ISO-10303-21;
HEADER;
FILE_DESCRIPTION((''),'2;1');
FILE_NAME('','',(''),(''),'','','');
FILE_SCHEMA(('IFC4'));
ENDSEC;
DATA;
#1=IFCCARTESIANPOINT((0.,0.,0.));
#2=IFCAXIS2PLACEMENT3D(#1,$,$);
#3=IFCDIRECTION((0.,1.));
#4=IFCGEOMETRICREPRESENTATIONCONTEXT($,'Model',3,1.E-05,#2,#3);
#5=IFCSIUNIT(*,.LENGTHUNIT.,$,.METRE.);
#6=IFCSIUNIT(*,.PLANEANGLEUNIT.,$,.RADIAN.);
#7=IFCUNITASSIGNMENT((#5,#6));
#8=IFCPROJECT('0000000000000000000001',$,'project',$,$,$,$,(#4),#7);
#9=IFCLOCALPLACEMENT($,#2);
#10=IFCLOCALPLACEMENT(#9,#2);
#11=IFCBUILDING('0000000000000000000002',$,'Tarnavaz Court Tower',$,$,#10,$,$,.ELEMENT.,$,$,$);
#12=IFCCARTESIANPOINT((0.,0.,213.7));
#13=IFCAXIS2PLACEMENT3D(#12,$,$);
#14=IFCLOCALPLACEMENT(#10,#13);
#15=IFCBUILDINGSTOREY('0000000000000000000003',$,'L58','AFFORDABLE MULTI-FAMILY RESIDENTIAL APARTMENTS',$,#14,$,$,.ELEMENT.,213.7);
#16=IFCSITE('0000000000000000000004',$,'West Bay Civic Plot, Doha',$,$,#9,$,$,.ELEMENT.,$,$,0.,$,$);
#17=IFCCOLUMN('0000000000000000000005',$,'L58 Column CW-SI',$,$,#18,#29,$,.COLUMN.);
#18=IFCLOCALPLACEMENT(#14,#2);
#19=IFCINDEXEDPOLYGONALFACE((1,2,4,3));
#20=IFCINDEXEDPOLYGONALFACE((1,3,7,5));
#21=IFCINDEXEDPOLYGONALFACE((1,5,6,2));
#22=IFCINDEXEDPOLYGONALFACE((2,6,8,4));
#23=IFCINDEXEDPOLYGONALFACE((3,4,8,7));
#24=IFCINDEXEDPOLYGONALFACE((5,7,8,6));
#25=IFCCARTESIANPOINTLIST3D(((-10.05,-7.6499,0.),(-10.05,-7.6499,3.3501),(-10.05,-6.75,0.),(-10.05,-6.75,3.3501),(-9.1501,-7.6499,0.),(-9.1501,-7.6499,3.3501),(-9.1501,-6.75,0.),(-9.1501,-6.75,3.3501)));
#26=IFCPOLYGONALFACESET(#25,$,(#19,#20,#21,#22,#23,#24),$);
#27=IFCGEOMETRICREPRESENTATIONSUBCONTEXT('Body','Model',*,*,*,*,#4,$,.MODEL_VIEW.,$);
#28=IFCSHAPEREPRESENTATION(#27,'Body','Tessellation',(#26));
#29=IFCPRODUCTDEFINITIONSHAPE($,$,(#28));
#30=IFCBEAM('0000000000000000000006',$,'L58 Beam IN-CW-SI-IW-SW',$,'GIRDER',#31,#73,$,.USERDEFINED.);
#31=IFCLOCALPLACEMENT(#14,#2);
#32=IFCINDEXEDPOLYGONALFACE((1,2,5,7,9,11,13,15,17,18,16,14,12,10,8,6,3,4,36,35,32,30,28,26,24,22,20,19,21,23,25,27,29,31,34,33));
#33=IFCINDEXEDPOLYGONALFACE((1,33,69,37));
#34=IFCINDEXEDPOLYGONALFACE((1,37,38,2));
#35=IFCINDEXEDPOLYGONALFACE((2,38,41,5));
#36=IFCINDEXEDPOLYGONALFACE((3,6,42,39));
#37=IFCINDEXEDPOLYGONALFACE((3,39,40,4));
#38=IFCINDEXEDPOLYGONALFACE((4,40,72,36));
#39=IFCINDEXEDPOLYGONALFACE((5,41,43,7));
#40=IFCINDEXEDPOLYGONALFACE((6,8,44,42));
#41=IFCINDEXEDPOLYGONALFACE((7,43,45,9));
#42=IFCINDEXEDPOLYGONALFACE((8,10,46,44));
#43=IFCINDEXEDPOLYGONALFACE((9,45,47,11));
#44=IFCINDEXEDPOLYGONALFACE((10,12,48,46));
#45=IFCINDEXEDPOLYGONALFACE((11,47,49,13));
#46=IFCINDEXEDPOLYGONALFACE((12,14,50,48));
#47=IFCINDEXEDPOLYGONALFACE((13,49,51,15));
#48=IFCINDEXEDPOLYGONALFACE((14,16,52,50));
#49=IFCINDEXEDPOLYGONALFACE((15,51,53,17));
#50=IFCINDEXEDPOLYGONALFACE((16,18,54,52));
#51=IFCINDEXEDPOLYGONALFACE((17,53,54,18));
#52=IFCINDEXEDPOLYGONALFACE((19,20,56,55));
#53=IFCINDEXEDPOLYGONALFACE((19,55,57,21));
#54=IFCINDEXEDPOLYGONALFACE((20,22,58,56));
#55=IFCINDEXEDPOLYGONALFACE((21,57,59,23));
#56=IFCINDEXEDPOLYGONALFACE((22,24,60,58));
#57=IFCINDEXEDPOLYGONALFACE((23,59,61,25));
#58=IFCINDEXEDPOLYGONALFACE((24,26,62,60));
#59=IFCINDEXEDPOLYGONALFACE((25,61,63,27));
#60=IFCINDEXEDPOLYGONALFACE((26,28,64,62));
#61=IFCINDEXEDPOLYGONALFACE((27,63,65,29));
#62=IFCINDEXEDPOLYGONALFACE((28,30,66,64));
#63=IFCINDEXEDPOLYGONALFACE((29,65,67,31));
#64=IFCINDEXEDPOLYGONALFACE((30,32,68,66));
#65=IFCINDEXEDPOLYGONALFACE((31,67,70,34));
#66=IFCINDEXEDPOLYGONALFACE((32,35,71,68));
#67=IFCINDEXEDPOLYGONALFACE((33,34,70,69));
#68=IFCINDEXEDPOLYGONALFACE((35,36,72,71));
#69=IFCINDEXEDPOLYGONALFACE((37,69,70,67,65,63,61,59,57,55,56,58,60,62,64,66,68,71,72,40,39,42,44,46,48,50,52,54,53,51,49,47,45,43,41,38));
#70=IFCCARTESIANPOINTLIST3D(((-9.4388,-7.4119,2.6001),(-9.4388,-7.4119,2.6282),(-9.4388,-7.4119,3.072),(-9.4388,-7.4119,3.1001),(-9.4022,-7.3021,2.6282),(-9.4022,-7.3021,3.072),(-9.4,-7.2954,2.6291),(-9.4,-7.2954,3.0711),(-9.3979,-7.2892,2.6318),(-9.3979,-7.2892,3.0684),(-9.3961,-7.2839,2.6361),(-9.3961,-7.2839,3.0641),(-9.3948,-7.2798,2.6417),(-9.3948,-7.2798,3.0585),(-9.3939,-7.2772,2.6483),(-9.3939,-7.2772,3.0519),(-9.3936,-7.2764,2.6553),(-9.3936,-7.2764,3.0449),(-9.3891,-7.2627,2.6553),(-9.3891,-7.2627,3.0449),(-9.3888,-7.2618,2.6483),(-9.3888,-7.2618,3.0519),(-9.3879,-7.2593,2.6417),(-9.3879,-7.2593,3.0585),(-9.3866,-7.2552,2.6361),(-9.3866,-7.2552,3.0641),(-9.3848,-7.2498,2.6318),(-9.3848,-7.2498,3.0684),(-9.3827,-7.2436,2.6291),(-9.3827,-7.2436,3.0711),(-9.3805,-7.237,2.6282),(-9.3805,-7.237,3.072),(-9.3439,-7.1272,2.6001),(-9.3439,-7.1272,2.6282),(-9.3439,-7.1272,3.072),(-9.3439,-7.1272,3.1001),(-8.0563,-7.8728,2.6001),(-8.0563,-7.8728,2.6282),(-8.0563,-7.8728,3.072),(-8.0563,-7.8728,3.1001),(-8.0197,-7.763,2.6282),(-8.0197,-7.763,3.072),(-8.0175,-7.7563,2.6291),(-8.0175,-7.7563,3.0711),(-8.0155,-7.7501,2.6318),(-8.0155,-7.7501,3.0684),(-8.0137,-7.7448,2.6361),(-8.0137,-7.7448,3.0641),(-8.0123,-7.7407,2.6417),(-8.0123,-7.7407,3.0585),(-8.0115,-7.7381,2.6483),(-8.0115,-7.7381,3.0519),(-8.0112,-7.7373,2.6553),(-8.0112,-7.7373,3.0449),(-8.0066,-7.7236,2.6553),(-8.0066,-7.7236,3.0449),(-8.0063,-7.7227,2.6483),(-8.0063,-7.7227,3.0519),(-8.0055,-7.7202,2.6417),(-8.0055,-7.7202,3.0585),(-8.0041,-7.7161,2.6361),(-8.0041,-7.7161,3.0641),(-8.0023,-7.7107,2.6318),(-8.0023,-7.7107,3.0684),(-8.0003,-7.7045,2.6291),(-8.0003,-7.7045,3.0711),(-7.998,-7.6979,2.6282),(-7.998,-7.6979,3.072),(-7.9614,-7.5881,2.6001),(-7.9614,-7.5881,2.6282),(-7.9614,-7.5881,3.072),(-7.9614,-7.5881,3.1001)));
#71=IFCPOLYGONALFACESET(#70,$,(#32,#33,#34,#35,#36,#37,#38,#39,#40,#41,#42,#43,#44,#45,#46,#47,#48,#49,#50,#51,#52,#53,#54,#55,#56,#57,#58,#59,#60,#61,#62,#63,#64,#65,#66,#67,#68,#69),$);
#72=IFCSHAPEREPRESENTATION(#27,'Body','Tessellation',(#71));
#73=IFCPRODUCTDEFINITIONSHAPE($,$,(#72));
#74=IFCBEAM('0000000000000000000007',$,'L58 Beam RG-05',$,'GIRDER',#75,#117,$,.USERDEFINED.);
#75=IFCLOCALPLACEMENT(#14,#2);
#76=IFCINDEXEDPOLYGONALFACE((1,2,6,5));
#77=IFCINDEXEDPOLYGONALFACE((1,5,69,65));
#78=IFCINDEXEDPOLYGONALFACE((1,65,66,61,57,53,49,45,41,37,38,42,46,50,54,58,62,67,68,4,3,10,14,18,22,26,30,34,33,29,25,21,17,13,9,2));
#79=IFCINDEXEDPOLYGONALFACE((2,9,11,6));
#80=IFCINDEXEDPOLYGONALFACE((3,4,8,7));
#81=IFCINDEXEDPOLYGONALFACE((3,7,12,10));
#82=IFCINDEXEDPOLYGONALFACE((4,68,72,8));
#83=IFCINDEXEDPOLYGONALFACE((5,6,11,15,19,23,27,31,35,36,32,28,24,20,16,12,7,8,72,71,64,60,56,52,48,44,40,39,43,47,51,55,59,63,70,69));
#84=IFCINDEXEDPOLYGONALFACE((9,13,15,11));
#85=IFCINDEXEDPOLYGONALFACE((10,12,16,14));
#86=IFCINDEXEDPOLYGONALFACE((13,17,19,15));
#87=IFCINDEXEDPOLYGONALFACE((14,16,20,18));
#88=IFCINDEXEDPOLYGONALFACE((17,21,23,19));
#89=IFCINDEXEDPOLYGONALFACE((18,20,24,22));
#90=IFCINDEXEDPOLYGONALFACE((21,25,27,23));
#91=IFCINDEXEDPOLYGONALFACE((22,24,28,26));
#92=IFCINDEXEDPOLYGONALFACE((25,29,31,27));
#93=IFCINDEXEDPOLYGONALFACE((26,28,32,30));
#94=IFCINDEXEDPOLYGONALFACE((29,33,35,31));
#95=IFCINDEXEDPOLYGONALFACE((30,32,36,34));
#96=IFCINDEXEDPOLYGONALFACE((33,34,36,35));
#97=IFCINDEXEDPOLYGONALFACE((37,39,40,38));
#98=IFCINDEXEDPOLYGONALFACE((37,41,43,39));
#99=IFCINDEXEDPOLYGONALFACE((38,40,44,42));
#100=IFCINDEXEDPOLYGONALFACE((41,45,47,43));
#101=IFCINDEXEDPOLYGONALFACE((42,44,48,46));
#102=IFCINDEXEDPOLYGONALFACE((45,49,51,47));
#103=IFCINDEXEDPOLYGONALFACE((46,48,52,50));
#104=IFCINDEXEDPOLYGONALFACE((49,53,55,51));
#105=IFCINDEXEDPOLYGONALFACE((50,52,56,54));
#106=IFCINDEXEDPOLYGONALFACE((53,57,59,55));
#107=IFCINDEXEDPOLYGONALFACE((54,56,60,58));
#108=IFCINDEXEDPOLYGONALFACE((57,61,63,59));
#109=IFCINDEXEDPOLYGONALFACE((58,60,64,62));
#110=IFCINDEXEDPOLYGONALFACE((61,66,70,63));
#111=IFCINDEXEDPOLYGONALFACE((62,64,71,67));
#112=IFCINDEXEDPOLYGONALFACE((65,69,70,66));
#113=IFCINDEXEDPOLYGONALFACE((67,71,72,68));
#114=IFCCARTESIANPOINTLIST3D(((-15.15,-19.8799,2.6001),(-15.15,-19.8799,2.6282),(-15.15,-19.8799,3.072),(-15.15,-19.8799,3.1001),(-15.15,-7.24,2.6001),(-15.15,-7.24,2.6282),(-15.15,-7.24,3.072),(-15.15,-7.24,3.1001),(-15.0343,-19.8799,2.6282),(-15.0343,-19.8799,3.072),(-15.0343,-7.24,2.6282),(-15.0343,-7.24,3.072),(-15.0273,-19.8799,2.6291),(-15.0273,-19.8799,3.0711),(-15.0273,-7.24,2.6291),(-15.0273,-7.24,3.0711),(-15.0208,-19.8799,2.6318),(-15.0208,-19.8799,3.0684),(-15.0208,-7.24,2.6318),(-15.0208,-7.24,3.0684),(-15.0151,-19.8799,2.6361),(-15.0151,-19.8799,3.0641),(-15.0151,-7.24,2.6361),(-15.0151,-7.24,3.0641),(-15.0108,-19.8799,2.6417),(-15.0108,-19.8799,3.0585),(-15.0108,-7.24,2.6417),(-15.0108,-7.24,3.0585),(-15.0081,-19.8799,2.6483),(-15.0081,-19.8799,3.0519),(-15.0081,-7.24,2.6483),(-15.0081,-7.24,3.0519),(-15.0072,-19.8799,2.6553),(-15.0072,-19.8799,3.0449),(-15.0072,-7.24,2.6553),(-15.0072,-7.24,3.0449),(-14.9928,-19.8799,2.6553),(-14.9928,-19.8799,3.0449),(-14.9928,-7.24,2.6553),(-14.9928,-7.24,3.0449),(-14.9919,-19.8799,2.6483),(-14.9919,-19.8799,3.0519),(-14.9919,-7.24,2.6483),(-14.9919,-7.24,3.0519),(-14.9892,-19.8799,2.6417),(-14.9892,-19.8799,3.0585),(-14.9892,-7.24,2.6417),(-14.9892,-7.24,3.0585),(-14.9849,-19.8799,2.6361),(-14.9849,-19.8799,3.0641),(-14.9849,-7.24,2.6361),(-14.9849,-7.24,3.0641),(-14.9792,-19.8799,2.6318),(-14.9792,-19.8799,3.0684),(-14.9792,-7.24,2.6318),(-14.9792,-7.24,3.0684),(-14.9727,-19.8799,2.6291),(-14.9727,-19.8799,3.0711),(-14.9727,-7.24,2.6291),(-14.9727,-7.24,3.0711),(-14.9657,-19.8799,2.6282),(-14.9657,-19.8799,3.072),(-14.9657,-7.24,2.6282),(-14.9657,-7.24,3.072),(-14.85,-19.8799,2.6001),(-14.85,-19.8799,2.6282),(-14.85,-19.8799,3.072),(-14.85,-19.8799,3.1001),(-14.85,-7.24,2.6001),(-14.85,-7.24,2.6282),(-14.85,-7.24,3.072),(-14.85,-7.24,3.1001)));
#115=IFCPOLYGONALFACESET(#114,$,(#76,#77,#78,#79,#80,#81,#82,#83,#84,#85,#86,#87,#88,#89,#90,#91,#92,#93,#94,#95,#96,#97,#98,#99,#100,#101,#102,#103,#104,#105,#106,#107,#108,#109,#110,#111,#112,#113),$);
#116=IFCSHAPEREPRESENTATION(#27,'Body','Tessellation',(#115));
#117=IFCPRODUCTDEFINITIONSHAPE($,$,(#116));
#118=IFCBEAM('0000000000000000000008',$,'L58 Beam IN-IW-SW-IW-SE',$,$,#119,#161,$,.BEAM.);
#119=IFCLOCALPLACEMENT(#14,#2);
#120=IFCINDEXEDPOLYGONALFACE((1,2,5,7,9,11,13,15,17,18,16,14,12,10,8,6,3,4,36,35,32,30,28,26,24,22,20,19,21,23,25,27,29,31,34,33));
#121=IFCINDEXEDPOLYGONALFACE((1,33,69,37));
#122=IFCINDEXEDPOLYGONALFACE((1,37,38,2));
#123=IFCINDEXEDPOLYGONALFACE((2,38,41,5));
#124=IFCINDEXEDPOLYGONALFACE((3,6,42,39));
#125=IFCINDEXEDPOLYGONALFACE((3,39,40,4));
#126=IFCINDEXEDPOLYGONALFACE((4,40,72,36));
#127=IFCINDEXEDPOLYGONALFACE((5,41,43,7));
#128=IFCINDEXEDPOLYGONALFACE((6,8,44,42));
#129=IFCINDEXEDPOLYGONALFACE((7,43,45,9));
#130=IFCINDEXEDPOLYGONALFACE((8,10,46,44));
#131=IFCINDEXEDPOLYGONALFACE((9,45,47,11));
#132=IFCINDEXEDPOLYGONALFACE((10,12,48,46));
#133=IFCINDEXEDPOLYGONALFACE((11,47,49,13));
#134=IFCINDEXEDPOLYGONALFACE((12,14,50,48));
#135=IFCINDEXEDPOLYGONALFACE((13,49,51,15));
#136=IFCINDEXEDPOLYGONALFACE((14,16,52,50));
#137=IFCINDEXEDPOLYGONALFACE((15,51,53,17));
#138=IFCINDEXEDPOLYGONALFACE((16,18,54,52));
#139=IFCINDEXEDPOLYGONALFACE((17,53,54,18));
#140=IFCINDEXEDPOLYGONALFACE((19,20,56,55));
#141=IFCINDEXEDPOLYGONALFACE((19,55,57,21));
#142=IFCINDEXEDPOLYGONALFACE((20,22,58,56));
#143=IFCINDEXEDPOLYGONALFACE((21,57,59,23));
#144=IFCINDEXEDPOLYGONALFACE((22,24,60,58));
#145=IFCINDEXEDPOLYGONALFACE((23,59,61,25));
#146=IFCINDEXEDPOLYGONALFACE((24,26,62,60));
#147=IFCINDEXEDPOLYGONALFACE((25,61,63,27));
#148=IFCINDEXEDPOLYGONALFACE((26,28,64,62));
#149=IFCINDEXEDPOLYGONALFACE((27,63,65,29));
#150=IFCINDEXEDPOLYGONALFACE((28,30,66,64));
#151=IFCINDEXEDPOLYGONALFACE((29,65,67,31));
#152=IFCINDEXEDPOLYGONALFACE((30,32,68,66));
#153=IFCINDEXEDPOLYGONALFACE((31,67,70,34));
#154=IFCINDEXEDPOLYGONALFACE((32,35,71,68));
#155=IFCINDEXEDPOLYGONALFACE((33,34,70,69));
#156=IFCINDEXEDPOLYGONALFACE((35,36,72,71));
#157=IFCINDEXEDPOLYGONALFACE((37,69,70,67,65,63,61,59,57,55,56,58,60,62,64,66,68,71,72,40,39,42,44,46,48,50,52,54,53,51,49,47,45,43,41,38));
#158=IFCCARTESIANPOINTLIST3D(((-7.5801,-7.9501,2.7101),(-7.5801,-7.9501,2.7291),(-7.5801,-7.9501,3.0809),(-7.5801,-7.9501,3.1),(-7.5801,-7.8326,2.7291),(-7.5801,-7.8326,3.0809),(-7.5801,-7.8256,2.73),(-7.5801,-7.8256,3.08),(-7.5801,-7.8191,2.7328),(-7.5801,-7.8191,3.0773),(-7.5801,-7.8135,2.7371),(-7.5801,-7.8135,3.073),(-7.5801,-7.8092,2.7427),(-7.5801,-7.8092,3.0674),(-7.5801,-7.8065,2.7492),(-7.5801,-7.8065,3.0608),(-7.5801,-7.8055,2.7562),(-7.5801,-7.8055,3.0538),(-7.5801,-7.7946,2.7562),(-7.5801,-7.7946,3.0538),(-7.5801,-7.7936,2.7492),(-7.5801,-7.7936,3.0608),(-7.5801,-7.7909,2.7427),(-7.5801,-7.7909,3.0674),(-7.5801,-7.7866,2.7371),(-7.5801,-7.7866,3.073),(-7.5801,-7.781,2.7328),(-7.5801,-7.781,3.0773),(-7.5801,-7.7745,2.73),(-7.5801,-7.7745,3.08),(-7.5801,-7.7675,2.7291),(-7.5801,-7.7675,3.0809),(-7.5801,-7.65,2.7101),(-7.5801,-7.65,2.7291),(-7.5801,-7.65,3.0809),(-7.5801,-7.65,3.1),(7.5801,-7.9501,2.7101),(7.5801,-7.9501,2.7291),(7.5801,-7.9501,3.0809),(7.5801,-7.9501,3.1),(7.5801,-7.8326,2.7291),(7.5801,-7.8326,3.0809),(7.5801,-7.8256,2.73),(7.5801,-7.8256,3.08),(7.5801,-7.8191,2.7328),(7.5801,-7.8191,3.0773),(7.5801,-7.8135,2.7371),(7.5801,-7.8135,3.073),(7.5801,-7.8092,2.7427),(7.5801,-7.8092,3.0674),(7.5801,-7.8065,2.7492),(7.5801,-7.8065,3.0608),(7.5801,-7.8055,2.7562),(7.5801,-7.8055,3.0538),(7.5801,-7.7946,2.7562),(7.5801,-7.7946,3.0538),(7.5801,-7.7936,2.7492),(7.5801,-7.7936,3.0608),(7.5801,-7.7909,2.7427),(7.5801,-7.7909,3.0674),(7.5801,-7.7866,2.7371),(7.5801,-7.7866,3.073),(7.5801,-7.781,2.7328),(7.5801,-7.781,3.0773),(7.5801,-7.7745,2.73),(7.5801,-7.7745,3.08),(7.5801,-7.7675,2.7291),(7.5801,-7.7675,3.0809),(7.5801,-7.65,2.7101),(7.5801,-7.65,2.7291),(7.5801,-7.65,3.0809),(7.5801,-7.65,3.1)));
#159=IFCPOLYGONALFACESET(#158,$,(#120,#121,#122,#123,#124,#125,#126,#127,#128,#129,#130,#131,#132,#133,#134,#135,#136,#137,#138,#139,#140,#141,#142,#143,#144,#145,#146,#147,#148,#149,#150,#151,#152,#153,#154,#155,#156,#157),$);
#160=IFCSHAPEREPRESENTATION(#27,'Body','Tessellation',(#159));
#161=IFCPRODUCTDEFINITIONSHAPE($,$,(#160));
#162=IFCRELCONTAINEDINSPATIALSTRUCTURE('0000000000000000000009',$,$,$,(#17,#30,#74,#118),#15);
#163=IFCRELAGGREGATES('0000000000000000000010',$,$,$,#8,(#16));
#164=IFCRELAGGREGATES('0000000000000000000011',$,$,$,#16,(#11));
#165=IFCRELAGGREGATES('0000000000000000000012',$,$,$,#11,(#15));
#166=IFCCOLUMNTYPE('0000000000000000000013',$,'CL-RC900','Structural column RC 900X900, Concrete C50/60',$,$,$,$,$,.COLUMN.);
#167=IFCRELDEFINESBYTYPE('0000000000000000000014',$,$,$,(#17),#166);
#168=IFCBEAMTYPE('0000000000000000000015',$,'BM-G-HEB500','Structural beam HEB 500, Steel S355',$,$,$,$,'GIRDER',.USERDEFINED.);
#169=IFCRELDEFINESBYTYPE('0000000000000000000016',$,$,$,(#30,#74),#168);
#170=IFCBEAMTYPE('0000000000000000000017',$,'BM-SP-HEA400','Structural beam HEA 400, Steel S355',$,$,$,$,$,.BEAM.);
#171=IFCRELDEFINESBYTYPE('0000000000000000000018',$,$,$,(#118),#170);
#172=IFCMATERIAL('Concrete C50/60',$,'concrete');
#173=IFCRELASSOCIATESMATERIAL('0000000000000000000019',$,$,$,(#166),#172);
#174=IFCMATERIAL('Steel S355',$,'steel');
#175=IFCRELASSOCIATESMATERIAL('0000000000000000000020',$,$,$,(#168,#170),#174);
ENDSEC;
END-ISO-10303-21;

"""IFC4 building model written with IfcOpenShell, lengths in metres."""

from ifc_helpers import new_model, si_unit, direction, frame, origin, origin_2d, place, context, subcontext, project, spatial, rectangle, i_section, extrude, material, material_profile, profile_set, type_object, element, save


model = new_model("IFC4")

# Units and contexts
model_context = context("Model", 3, precision=1e-05, world=origin(), true_north=direction((0.0, 1.0)))
body_context = subcontext(model_context, "Body", "Model", "MODEL_VIEW")
ifc_project = project(units=[si_unit("LENGTHUNIT", "METRE"), si_unit("PLANEANGLEUNIT", "RADIAN")], contexts=[model_context])

# Site, building, storey
site_placement = place(None, origin())
site = spatial("IfcSite", under=ifc_project, at=site_placement, Name="West Bay Civic Plot, Doha", CompositionType="ELEMENT", RefElevation=0.0)
building_placement = place(site_placement, origin())
building = spatial("IfcBuilding", under=site, at=building_placement, Name="Tarnavaz Court Tower", CompositionType="ELEMENT")
storey_placement = place(building_placement, frame((0.0, 0.0, 213.7)))
storey = spatial("IfcBuildingStorey", under=building, at=storey_placement, Name="L58", Description="AFFORDABLE MULTI-FAMILY RESIDENTIAL APARTMENTS", CompositionType="ELEMENT", Elevation=213.7)

# Column
ifc_material_1 = material(Name="Concrete C50/60", Category="concrete")
ifc_material_profile_1 = material_profile(ifc_material_1, rectangle(XDim=0.8999, YDim=0.8999, at=origin_2d()), Name="RC 900X900")
ifc_profile_set_1 = profile_set([ifc_material_profile_1], Name="Concrete C50/60")
column_type = type_object("IfcColumnType", Name="CL-RC900", Description="Structural column RC 900X900, Concrete C50/60", PredefinedType="COLUMN", material=ifc_profile_set_1)
column_placement = place(storey_placement, frame((-9.6001, -7.2, 0.0), z_axis=(0.0, 0.0, 1.0), x_axis=(1.0, 0.0, 0.0)))
element("IfcColumn", 1, at=column_placement, inside=storey, type_object=column_type, Name="L58 Column CW-SI", PredefinedType="COLUMN", context=body_context, shape_type="SweptSolid", body=[
    extrude(rectangle(XDim=0.8999, YDim=0.8999, at=origin_2d()), origin(), (0.0, 0.0, 1.0), 3.3501),
])

# Beams
ifc_material_2 = material(Name="Steel S355", Category="steel")
ifc_material_profile_2 = material_profile(ifc_material_2, i_section(OverallWidth=0.3, OverallDepth=0.5, WebThickness=0.0144, FlangeThickness=0.0281, FilletRadius=0.0271, at=origin_2d()), Name="HEB 500")
ifc_profile_set_2 = profile_set([ifc_material_profile_2], Name="Steel S355")
beam_type_1 = type_object("IfcBeamType", Name="BM-G-HEB500", Description="Structural beam HEB 500, Steel S355", ElementType="GIRDER", PredefinedType="USERDEFINED", material=ifc_profile_set_2)
beam_1_placement = place(storey_placement, frame((-9.3914, -7.2695, 2.8501), z_axis=(0.948667, -0.316278, 0.0), x_axis=(0.316278, 0.948667, 0.0)))
element("IfcBeam", 2, at=beam_1_placement, inside=storey, type_object=beam_type_1, Name="L58 Beam IN-CW-SI-IW-SW", ObjectType="GIRDER", PredefinedType="USERDEFINED", context=body_context, shape_type="SweptSolid", body=[
    extrude(i_section(OverallWidth=0.3, OverallDepth=0.5, WebThickness=0.0144, FlangeThickness=0.0281, FilletRadius=0.0271, at=origin_2d()), origin(), (0.0, 0.0, 1.0), 1.4573),
])
beam_2_placement = place(storey_placement, frame((-15.0, -7.24, 2.8501), z_axis=(0.0, -1.0, 0.0), x_axis=(1.0, 0.0, 0.0)))
element("IfcBeam", 3, at=beam_2_placement, inside=storey, type_object=beam_type_1, Name="L58 Beam RG-05", ObjectType="GIRDER", PredefinedType="USERDEFINED", context=body_context, shape_type="SweptSolid", body=[
    extrude(i_section(OverallWidth=0.3, OverallDepth=0.5, WebThickness=0.0144, FlangeThickness=0.0281, FilletRadius=0.0271, at=origin_2d()), origin(), (0.0, 0.0, 1.0), 12.6399),
])
ifc_material_profile_3 = material_profile(ifc_material_2, i_section(OverallWidth=0.3, OverallDepth=0.3899, WebThickness=0.011, FlangeThickness=0.019, FilletRadius=0.0271, at=origin_2d()), Name="HEA 400")
ifc_profile_set_3 = profile_set([ifc_material_profile_3], Name="Steel S355")
beam_type_2 = type_object("IfcBeamType", Name="BM-SP-HEA400", Description="Structural beam HEA 400, Steel S355", PredefinedType="BEAM", material=ifc_profile_set_3)
for number, where, z_axis, x_axis, name in (
    (4, (-7.5801, -7.8, 2.905), (1.0, 0.0, 0.0), (0.0, 1.0, 0.0), "L58 Beam IN-IW-SW-IW-SE"),
):
    element("IfcBeam", number, at=place(storey_placement, frame(where, z_axis=z_axis, x_axis=x_axis)), inside=storey, type_object=beam_type_2, Name=name, PredefinedType="BEAM", context=body_context, shape_type="SweptSolid", body=[
        extrude(i_section(OverallWidth=0.3, OverallDepth=0.3899, WebThickness=0.011, FlangeThickness=0.019, FilletRadius=0.0271, at=origin_2d()), origin(), (0.0, 0.0, 1.0), 15.1602),
    ])

save(model, "model.ifc")
